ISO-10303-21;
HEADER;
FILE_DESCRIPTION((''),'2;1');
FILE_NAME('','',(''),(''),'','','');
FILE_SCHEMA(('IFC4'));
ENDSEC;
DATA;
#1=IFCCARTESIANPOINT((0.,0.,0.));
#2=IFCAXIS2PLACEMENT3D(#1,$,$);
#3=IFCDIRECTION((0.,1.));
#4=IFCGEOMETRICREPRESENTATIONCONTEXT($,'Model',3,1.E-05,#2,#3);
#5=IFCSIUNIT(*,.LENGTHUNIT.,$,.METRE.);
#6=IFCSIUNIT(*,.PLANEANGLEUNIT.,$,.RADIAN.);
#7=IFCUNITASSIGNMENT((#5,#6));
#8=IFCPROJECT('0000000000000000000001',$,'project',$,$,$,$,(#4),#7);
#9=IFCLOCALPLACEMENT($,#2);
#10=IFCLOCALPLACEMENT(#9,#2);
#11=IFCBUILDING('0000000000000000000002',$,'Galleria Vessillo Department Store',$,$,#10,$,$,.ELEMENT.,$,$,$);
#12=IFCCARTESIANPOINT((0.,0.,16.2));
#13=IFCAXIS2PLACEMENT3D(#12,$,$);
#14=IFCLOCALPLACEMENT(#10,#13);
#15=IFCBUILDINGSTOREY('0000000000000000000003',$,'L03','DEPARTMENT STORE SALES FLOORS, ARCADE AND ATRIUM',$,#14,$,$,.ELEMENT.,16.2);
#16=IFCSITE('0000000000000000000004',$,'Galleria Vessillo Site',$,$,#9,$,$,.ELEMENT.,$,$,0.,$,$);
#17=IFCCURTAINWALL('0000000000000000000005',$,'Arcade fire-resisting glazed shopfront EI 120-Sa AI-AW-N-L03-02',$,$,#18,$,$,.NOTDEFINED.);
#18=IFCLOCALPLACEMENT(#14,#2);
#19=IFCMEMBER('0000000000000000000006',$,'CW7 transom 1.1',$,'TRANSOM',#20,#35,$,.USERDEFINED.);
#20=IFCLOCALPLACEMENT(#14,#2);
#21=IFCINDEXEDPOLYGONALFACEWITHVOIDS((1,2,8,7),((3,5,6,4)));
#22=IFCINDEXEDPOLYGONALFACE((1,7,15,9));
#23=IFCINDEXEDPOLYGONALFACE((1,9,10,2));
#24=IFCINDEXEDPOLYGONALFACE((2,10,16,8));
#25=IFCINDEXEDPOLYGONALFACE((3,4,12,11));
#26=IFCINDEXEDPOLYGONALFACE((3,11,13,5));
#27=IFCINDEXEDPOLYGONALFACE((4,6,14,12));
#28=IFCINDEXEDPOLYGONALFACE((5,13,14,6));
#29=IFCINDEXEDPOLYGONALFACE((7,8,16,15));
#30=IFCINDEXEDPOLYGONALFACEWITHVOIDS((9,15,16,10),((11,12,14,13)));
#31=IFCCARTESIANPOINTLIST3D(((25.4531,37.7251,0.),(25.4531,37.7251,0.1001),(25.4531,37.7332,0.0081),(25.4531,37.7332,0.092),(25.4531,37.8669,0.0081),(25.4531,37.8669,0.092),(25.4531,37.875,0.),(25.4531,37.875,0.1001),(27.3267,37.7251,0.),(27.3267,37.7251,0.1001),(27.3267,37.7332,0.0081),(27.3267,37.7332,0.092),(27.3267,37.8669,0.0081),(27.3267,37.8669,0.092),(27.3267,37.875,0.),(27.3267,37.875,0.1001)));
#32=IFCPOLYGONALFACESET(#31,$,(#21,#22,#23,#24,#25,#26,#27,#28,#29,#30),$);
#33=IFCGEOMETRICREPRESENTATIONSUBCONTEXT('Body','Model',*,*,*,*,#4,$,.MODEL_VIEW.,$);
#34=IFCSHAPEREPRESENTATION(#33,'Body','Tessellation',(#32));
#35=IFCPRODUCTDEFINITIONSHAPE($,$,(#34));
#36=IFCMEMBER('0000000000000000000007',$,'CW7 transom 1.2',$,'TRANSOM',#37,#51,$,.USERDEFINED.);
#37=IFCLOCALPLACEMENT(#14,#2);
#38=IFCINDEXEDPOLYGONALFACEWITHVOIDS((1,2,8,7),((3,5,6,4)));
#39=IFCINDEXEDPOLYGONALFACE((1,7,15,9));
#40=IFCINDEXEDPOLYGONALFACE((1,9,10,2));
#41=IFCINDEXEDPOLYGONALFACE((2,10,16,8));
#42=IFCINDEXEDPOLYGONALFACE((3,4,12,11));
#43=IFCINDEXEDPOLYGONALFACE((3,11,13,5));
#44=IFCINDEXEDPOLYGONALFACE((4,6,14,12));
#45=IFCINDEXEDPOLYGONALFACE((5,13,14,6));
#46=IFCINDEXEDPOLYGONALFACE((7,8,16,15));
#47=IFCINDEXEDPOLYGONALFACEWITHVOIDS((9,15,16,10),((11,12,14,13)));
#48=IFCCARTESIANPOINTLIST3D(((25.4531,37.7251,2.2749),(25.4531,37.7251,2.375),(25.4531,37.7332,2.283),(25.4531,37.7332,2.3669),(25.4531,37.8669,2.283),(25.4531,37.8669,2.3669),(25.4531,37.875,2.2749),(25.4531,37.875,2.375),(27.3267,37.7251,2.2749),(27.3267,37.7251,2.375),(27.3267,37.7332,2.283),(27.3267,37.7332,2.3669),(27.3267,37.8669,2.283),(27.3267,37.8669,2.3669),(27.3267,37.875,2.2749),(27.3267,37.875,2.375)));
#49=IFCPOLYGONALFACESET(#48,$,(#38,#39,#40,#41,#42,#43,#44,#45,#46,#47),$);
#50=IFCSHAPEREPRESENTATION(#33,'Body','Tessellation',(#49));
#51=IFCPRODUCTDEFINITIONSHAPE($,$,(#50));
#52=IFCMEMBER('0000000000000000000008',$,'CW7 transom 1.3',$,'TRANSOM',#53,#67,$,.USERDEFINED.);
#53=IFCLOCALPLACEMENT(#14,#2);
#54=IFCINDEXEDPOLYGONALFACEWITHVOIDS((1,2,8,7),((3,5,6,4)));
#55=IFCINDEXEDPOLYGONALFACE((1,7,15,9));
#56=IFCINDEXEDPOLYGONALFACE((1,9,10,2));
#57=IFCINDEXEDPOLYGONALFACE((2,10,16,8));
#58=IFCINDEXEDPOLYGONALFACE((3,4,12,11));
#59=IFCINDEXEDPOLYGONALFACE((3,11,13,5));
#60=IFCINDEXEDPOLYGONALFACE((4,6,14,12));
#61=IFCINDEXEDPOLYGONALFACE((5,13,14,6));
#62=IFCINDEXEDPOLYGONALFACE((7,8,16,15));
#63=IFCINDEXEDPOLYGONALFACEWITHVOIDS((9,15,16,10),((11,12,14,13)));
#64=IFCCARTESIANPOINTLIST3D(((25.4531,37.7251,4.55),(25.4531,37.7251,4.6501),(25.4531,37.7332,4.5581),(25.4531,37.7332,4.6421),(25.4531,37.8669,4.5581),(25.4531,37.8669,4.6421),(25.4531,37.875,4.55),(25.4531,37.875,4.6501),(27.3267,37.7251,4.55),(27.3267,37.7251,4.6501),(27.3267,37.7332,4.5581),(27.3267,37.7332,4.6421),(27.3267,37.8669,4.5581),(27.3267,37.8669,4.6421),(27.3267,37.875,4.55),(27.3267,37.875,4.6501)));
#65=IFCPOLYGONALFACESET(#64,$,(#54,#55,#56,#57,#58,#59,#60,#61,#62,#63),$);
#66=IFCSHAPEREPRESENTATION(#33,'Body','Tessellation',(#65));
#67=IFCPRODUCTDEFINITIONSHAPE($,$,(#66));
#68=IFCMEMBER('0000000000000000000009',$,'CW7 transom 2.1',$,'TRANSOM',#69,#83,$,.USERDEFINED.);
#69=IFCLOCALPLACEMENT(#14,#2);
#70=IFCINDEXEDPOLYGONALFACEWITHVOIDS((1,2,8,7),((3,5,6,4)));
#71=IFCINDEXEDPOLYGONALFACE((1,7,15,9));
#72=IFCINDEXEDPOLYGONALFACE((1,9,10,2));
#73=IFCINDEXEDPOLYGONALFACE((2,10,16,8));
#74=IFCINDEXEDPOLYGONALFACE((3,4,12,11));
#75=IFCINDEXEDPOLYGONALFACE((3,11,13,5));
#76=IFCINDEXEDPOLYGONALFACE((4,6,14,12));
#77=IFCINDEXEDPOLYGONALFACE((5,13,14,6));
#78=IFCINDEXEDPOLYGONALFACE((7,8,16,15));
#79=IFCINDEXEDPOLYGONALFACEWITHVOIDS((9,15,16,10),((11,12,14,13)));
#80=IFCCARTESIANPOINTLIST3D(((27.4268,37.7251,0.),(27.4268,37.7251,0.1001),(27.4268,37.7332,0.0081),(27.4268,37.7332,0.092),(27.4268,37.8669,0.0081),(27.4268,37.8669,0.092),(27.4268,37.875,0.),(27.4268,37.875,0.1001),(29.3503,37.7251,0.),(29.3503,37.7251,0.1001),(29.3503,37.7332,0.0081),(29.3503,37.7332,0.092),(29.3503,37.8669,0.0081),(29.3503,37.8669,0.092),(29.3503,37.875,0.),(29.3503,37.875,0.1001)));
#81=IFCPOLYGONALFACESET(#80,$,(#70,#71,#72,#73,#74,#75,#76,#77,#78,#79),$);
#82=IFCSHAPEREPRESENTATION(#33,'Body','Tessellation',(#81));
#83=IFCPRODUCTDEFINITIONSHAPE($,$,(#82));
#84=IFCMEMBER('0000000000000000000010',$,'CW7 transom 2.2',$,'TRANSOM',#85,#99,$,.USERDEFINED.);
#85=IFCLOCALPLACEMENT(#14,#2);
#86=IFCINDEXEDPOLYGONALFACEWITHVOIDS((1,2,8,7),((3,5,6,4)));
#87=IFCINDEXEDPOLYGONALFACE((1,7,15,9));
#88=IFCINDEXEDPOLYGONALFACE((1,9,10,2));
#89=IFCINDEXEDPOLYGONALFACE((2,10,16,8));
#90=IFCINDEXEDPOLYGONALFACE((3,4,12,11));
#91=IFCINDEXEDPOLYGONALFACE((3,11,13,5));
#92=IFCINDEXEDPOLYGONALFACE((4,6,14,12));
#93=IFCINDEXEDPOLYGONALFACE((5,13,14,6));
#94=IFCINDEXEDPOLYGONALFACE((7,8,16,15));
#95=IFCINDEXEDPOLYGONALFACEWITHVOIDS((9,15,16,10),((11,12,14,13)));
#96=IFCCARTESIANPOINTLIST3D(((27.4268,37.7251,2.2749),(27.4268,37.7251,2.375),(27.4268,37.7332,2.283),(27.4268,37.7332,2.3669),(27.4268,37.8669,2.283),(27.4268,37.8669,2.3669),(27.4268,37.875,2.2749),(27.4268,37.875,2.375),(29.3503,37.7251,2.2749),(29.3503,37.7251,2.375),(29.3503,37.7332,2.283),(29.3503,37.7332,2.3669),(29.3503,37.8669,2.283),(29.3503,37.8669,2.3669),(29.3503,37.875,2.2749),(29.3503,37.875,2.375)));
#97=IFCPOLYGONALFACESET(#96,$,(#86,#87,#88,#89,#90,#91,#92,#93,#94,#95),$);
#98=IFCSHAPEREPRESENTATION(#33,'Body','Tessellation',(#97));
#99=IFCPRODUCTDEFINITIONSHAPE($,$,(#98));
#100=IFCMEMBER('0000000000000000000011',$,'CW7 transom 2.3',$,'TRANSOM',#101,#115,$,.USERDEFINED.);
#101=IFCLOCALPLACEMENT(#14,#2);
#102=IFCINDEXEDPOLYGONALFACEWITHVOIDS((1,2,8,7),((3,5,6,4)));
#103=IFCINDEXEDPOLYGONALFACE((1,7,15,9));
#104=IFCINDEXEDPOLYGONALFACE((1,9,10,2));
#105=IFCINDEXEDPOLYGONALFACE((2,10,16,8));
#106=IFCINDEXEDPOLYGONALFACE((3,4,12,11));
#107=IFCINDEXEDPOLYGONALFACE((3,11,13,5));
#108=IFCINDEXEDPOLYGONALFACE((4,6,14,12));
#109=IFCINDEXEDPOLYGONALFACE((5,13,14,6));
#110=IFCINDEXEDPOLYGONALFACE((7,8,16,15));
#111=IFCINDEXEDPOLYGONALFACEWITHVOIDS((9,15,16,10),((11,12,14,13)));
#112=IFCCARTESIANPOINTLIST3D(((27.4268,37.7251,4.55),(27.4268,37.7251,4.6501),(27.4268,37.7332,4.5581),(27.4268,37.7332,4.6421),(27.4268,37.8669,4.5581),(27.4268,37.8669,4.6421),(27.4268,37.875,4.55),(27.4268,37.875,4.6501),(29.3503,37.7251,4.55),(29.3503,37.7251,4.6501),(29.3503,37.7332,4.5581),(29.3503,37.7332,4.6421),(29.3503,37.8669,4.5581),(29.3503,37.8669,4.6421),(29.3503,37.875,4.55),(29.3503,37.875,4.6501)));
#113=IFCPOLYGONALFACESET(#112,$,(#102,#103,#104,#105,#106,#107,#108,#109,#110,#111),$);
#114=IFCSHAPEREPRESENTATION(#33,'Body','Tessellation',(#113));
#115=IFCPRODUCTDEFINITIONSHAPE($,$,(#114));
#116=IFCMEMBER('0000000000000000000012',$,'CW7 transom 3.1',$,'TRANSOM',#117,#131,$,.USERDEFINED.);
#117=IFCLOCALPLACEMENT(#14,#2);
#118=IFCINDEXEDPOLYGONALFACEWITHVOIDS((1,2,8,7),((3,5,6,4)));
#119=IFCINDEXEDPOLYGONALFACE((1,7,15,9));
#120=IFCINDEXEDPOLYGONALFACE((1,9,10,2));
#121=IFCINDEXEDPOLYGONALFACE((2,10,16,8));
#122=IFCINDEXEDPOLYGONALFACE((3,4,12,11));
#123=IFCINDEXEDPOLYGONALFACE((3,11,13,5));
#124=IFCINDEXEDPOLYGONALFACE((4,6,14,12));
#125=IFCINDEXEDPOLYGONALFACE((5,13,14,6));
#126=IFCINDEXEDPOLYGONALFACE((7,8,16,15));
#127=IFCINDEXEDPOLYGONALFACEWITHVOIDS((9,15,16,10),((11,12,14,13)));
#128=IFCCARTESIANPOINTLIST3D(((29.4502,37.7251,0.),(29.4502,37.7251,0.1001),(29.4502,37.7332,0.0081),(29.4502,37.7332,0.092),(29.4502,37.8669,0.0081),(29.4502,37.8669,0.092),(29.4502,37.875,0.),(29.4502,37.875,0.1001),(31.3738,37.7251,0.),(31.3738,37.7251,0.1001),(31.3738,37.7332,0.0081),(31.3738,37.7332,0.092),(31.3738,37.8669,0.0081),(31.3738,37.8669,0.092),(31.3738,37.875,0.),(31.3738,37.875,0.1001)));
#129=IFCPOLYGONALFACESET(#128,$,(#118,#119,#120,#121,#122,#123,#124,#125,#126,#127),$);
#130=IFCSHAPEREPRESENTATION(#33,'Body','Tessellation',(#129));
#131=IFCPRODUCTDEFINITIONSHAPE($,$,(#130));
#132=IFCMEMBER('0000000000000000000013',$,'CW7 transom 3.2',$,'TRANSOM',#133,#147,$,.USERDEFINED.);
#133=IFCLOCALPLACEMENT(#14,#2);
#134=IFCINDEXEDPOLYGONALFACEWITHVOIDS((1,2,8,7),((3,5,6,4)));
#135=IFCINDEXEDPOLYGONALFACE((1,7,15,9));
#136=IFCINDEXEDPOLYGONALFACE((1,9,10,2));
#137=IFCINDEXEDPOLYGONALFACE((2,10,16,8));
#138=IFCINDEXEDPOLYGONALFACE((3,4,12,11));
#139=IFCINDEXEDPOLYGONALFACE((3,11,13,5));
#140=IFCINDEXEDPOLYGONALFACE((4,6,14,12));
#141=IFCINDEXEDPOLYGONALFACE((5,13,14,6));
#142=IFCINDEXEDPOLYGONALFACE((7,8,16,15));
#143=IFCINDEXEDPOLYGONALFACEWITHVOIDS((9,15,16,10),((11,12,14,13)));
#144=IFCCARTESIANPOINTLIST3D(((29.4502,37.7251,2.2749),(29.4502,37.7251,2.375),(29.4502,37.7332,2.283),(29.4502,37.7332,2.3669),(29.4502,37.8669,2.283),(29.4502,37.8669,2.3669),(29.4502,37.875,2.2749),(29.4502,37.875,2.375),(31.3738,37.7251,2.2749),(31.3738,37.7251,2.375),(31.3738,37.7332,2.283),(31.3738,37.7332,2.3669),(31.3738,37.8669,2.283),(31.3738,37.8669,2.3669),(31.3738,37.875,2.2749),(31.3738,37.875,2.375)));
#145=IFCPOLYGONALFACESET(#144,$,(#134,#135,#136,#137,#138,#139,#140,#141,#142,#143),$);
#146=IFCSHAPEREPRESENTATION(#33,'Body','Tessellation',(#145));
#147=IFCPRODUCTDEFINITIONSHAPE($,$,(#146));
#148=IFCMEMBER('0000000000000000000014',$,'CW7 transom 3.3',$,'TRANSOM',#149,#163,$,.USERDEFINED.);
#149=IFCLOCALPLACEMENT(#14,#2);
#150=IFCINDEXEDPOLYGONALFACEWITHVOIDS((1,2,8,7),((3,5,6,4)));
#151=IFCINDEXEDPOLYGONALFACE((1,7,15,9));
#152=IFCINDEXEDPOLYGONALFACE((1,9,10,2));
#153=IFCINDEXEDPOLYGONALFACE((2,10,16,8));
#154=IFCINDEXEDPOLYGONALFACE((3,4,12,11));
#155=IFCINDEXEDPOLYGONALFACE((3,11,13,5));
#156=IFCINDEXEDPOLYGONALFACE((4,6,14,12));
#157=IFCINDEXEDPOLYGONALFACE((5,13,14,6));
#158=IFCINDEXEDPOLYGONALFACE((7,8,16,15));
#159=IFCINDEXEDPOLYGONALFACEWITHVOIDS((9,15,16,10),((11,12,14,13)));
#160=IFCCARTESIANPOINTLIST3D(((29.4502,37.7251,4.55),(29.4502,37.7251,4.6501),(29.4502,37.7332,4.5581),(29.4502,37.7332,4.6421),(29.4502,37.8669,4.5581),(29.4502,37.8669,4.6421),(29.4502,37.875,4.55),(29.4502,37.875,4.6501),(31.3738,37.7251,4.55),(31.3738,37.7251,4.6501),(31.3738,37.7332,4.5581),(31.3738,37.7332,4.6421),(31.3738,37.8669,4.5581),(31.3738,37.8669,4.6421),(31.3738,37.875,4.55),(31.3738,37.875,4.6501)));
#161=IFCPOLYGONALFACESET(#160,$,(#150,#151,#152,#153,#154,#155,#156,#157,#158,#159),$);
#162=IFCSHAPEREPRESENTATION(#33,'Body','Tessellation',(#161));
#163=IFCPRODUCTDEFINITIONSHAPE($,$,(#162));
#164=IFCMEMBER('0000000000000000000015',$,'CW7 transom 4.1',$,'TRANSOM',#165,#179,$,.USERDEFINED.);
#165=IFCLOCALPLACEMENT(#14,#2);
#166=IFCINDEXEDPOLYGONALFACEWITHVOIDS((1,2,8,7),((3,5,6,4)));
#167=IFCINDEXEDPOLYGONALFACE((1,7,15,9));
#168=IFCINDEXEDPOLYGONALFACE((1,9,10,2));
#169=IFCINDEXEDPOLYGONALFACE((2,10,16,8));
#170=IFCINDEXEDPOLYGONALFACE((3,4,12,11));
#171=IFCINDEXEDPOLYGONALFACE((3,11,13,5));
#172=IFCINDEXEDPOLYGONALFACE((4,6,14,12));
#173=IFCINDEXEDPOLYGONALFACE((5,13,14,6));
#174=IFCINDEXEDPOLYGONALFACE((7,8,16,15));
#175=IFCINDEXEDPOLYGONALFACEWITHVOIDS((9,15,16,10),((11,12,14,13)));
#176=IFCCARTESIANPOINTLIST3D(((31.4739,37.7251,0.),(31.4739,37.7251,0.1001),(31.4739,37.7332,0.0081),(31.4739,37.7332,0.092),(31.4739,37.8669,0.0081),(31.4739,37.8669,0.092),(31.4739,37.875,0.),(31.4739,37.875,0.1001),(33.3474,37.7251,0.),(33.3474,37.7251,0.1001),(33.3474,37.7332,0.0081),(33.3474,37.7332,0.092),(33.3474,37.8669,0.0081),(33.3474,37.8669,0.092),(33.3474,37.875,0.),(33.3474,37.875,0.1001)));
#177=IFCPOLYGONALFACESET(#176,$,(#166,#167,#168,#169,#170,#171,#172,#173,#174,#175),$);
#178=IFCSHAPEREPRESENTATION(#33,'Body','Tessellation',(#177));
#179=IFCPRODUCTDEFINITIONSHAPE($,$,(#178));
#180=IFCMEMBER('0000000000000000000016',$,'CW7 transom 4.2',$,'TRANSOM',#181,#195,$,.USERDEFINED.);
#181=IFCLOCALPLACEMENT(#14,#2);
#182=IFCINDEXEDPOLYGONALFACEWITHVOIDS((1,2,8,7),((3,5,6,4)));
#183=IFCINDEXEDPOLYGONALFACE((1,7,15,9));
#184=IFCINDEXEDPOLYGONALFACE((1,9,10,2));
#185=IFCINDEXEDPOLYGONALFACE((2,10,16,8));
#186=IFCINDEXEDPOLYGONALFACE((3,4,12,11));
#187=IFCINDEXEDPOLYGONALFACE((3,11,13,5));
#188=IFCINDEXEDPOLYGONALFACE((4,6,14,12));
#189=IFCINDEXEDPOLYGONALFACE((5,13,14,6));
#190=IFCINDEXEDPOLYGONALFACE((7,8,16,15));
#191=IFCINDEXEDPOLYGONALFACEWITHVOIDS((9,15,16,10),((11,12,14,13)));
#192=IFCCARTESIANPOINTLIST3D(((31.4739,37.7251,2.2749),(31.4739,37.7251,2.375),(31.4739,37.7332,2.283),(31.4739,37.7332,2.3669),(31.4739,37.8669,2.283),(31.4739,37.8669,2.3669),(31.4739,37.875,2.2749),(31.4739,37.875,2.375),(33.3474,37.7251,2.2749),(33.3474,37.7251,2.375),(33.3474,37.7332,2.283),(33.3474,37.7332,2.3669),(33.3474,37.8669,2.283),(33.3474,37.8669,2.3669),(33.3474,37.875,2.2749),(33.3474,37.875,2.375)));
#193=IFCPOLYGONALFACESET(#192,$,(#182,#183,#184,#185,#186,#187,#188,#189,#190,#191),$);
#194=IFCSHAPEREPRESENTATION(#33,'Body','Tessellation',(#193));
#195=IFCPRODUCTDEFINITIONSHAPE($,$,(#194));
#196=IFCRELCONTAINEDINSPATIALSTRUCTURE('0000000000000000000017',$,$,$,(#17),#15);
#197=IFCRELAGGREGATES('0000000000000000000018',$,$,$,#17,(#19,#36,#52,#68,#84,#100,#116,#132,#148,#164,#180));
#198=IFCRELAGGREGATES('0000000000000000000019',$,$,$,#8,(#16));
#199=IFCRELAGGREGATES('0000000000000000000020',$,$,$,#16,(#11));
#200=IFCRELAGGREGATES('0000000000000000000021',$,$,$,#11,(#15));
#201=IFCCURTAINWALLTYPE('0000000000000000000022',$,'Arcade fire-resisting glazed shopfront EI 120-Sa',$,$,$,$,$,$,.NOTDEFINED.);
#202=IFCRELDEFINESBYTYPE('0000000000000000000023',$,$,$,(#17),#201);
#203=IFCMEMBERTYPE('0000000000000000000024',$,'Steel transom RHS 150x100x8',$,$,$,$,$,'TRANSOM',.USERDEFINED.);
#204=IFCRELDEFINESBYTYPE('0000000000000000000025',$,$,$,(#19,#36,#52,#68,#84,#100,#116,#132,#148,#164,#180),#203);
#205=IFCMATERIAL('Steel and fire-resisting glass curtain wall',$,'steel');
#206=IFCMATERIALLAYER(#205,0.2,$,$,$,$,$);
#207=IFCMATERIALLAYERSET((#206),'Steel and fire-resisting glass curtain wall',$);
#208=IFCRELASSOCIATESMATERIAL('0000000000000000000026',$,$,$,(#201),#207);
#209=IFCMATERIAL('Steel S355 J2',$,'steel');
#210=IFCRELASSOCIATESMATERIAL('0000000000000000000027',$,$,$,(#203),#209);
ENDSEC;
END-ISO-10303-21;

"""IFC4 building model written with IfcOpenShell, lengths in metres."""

from ifc_helpers import new_model, si_unit, direction, frame, origin, origin_2d, place, context, subcontext, project, spatial, hollow_rectangle, extrude, material, layer, layer_set, material_profile, profile_set, type_object, element, aggregate, save


model = new_model("IFC4")

# Units and contexts
model_context = context("Model", 3, precision=1e-05, world=origin(), true_north=direction((0.0, 1.0)))
body_context = subcontext(model_context, "Body", "Model", "MODEL_VIEW")
ifc_project = project(units=[si_unit("LENGTHUNIT", "METRE"), si_unit("PLANEANGLEUNIT", "RADIAN")], contexts=[model_context])

# Site, building, storey
site_placement = place(None, origin())
site = spatial("IfcSite", under=ifc_project, at=site_placement, Name="Galleria Vessillo Site", CompositionType="ELEMENT", RefElevation=0.0)
building_placement = place(site_placement, origin())
building = spatial("IfcBuilding", under=site, at=building_placement, Name="Galleria Vessillo Department Store", CompositionType="ELEMENT")
storey_placement = place(building_placement, frame((0.0, 0.0, 16.2)))
storey = spatial("IfcBuildingStorey", under=building, at=storey_placement, Name="L03", Description="DEPARTMENT STORE SALES FLOORS, ARCADE AND ATRIUM", CompositionType="ELEMENT", Elevation=16.2)

# Shared definitions
ifc_material_1 = material(Name="Steel and fire-resisting glass curtain wall", Category="steel")
ifc_layer_1 = layer(ifc_material_1, 0.2)
ifc_layer_set_1 = layer_set([ifc_layer_1], Name="Steel and fire-resisting glass curtain wall")
curtain_wall_type = type_object("IfcCurtainWallType", Name="Arcade fire-resisting glazed shopfront EI 120-Sa", PredefinedType="NOTDEFINED", material=ifc_layer_set_1)

# Curtain wall
curtain_wall_1_placement = place(storey_placement, origin())
curtain_wall_1 = element("IfcCurtainWall", 1, at=curtain_wall_1_placement, inside=storey, type_object=curtain_wall_type, Name="Arcade fire-resisting glazed shopfront EI 120-Sa AI-AW-N-L03-02", PredefinedType="NOTDEFINED")

# Members
ifc_material_2 = material(Name="Steel S355 J2", Category="steel")
ifc_material_profile_1 = material_profile(ifc_material_2, hollow_rectangle(XDim=0.1499, YDim=0.1001, WallThickness=0.0081, at=origin_2d()), Name="RHS 150x100x8")
ifc_profile_set_1 = profile_set([ifc_material_profile_1], Name="Steel S355 J2")
member_type_1 = type_object("IfcMemberType", Name="Steel transom RHS 150x100x8", ElementType="TRANSOM", PredefinedType="USERDEFINED", material=ifc_profile_set_1)
member_1_placement = place(storey_placement, frame((25.4531, 37.8, 0.05), z_axis=(1.0, 0.0, 0.0), x_axis=(0.0, 1.0, 0.0)))
member_1 = element("IfcMember", 2, at=member_1_placement, type_object=member_type_1, Name="CW7 transom 1.1", ObjectType="TRANSOM", PredefinedType="USERDEFINED", context=body_context, shape_type="SweptSolid", body=[
    extrude(hollow_rectangle(XDim=0.1499, YDim=0.1001, WallThickness=0.0081, at=origin_2d()), origin(), (0.0, 0.0, 1.0), 1.8735),
])
member_2_placement = place(storey_placement, frame((25.4531, 37.8, 2.325), z_axis=(1.0, 0.0, 0.0), x_axis=(0.0, 1.0, 0.0)))
member_2 = element("IfcMember", 3, at=member_2_placement, type_object=member_type_1, Name="CW7 transom 1.2", ObjectType="TRANSOM", PredefinedType="USERDEFINED", context=body_context, shape_type="SweptSolid", body=[
    extrude(hollow_rectangle(XDim=0.1499, YDim=0.1001, WallThickness=0.0081, at=origin_2d()), origin(), (0.0, 0.0, 1.0), 1.8735),
])
member_3_placement = place(storey_placement, frame((25.4531, 37.8, 4.6001), z_axis=(1.0, 0.0, 0.0), x_axis=(0.0, 1.0, 0.0)))
member_3 = element("IfcMember", 4, at=member_3_placement, type_object=member_type_1, Name="CW7 transom 1.3", ObjectType="TRANSOM", PredefinedType="USERDEFINED", context=body_context, shape_type="SweptSolid", body=[
    extrude(hollow_rectangle(XDim=0.1499, YDim=0.1001, WallThickness=0.0081, at=origin_2d()), origin(), (0.0, 0.0, 1.0), 1.8735),
])
member_4_placement = place(storey_placement, frame((27.4268, 37.8, 0.05), z_axis=(1.0, 0.0, 0.0), x_axis=(0.0, 1.0, 0.0)))
member_4 = element("IfcMember", 5, at=member_4_placement, type_object=member_type_1, Name="CW7 transom 2.1", ObjectType="TRANSOM", PredefinedType="USERDEFINED", context=body_context, shape_type="SweptSolid", body=[
    extrude(hollow_rectangle(XDim=0.1499, YDim=0.1001, WallThickness=0.0081, at=origin_2d()), origin(), (0.0, 0.0, 1.0), 1.9236),
])
member_5_placement = place(storey_placement, frame((27.4268, 37.8, 2.325), z_axis=(1.0, 0.0, 0.0), x_axis=(0.0, 1.0, 0.0)))
member_5 = element("IfcMember", 6, at=member_5_placement, type_object=member_type_1, Name="CW7 transom 2.2", ObjectType="TRANSOM", PredefinedType="USERDEFINED", context=body_context, shape_type="SweptSolid", body=[
    extrude(hollow_rectangle(XDim=0.1499, YDim=0.1001, WallThickness=0.0081, at=origin_2d()), origin(), (0.0, 0.0, 1.0), 1.9236),
])
member_6_placement = place(storey_placement, frame((27.4268, 37.8, 4.6001), z_axis=(1.0, 0.0, 0.0), x_axis=(0.0, 1.0, 0.0)))
member_6 = element("IfcMember", 7, at=member_6_placement, type_object=member_type_1, Name="CW7 transom 2.3", ObjectType="TRANSOM", PredefinedType="USERDEFINED", context=body_context, shape_type="SweptSolid", body=[
    extrude(hollow_rectangle(XDim=0.1499, YDim=0.1001, WallThickness=0.0081, at=origin_2d()), origin(), (0.0, 0.0, 1.0), 1.9236),
])
member_7_placement = place(storey_placement, frame((29.4502, 37.8, 0.05), z_axis=(1.0, 0.0, 0.0), x_axis=(0.0, 1.0, 0.0)))
member_7 = element("IfcMember", 8, at=member_7_placement, type_object=member_type_1, Name="CW7 transom 3.1", ObjectType="TRANSOM", PredefinedType="USERDEFINED", context=body_context, shape_type="SweptSolid", body=[
    extrude(hollow_rectangle(XDim=0.1499, YDim=0.1001, WallThickness=0.0081, at=origin_2d()), origin(), (0.0, 0.0, 1.0), 1.9236),
])
member_8_placement = place(storey_placement, frame((29.4502, 37.8, 2.325), z_axis=(1.0, 0.0, 0.0), x_axis=(0.0, 1.0, 0.0)))
member_8 = element("IfcMember", 9, at=member_8_placement, type_object=member_type_1, Name="CW7 transom 3.2", ObjectType="TRANSOM", PredefinedType="USERDEFINED", context=body_context, shape_type="SweptSolid", body=[
    extrude(hollow_rectangle(XDim=0.1499, YDim=0.1001, WallThickness=0.0081, at=origin_2d()), origin(), (0.0, 0.0, 1.0), 1.9236),
])
member_9_placement = place(storey_placement, frame((29.4502, 37.8, 4.6001), z_axis=(1.0, 0.0, 0.0), x_axis=(0.0, 1.0, 0.0)))
member_9 = element("IfcMember", 10, at=member_9_placement, type_object=member_type_1, Name="CW7 transom 3.3", ObjectType="TRANSOM", PredefinedType="USERDEFINED", context=body_context, shape_type="SweptSolid", body=[
    extrude(hollow_rectangle(XDim=0.1499, YDim=0.1001, WallThickness=0.0081, at=origin_2d()), origin(), (0.0, 0.0, 1.0), 1.9236),
])
member_10_placement = place(storey_placement, frame((31.4739, 37.8, 0.05), z_axis=(1.0, 0.0, 0.0), x_axis=(0.0, 1.0, 0.0)))
member_10 = element("IfcMember", 11, at=member_10_placement, type_object=member_type_1, Name="CW7 transom 4.1", ObjectType="TRANSOM", PredefinedType="USERDEFINED", context=body_context, shape_type="SweptSolid", body=[
    extrude(hollow_rectangle(XDim=0.1499, YDim=0.1001, WallThickness=0.0081, at=origin_2d()), origin(), (0.0, 0.0, 1.0), 1.8735),
])
member_11_placement = place(storey_placement, frame((31.4739, 37.8, 2.325), z_axis=(1.0, 0.0, 0.0), x_axis=(0.0, 1.0, 0.0)))
member_11 = element("IfcMember", 12, at=member_11_placement, type_object=member_type_1, Name="CW7 transom 4.2", ObjectType="TRANSOM", PredefinedType="USERDEFINED", context=body_context, shape_type="SweptSolid", body=[
    extrude(hollow_rectangle(XDim=0.1499, YDim=0.1001, WallThickness=0.0081, at=origin_2d()), origin(), (0.0, 0.0, 1.0), 1.8735),
])

aggregate(curtain_wall_1, [member_1, member_2, member_3, member_4, member_5, member_6, member_7, member_8, member_9, member_10, member_11])

save(model, "model.ifc")
